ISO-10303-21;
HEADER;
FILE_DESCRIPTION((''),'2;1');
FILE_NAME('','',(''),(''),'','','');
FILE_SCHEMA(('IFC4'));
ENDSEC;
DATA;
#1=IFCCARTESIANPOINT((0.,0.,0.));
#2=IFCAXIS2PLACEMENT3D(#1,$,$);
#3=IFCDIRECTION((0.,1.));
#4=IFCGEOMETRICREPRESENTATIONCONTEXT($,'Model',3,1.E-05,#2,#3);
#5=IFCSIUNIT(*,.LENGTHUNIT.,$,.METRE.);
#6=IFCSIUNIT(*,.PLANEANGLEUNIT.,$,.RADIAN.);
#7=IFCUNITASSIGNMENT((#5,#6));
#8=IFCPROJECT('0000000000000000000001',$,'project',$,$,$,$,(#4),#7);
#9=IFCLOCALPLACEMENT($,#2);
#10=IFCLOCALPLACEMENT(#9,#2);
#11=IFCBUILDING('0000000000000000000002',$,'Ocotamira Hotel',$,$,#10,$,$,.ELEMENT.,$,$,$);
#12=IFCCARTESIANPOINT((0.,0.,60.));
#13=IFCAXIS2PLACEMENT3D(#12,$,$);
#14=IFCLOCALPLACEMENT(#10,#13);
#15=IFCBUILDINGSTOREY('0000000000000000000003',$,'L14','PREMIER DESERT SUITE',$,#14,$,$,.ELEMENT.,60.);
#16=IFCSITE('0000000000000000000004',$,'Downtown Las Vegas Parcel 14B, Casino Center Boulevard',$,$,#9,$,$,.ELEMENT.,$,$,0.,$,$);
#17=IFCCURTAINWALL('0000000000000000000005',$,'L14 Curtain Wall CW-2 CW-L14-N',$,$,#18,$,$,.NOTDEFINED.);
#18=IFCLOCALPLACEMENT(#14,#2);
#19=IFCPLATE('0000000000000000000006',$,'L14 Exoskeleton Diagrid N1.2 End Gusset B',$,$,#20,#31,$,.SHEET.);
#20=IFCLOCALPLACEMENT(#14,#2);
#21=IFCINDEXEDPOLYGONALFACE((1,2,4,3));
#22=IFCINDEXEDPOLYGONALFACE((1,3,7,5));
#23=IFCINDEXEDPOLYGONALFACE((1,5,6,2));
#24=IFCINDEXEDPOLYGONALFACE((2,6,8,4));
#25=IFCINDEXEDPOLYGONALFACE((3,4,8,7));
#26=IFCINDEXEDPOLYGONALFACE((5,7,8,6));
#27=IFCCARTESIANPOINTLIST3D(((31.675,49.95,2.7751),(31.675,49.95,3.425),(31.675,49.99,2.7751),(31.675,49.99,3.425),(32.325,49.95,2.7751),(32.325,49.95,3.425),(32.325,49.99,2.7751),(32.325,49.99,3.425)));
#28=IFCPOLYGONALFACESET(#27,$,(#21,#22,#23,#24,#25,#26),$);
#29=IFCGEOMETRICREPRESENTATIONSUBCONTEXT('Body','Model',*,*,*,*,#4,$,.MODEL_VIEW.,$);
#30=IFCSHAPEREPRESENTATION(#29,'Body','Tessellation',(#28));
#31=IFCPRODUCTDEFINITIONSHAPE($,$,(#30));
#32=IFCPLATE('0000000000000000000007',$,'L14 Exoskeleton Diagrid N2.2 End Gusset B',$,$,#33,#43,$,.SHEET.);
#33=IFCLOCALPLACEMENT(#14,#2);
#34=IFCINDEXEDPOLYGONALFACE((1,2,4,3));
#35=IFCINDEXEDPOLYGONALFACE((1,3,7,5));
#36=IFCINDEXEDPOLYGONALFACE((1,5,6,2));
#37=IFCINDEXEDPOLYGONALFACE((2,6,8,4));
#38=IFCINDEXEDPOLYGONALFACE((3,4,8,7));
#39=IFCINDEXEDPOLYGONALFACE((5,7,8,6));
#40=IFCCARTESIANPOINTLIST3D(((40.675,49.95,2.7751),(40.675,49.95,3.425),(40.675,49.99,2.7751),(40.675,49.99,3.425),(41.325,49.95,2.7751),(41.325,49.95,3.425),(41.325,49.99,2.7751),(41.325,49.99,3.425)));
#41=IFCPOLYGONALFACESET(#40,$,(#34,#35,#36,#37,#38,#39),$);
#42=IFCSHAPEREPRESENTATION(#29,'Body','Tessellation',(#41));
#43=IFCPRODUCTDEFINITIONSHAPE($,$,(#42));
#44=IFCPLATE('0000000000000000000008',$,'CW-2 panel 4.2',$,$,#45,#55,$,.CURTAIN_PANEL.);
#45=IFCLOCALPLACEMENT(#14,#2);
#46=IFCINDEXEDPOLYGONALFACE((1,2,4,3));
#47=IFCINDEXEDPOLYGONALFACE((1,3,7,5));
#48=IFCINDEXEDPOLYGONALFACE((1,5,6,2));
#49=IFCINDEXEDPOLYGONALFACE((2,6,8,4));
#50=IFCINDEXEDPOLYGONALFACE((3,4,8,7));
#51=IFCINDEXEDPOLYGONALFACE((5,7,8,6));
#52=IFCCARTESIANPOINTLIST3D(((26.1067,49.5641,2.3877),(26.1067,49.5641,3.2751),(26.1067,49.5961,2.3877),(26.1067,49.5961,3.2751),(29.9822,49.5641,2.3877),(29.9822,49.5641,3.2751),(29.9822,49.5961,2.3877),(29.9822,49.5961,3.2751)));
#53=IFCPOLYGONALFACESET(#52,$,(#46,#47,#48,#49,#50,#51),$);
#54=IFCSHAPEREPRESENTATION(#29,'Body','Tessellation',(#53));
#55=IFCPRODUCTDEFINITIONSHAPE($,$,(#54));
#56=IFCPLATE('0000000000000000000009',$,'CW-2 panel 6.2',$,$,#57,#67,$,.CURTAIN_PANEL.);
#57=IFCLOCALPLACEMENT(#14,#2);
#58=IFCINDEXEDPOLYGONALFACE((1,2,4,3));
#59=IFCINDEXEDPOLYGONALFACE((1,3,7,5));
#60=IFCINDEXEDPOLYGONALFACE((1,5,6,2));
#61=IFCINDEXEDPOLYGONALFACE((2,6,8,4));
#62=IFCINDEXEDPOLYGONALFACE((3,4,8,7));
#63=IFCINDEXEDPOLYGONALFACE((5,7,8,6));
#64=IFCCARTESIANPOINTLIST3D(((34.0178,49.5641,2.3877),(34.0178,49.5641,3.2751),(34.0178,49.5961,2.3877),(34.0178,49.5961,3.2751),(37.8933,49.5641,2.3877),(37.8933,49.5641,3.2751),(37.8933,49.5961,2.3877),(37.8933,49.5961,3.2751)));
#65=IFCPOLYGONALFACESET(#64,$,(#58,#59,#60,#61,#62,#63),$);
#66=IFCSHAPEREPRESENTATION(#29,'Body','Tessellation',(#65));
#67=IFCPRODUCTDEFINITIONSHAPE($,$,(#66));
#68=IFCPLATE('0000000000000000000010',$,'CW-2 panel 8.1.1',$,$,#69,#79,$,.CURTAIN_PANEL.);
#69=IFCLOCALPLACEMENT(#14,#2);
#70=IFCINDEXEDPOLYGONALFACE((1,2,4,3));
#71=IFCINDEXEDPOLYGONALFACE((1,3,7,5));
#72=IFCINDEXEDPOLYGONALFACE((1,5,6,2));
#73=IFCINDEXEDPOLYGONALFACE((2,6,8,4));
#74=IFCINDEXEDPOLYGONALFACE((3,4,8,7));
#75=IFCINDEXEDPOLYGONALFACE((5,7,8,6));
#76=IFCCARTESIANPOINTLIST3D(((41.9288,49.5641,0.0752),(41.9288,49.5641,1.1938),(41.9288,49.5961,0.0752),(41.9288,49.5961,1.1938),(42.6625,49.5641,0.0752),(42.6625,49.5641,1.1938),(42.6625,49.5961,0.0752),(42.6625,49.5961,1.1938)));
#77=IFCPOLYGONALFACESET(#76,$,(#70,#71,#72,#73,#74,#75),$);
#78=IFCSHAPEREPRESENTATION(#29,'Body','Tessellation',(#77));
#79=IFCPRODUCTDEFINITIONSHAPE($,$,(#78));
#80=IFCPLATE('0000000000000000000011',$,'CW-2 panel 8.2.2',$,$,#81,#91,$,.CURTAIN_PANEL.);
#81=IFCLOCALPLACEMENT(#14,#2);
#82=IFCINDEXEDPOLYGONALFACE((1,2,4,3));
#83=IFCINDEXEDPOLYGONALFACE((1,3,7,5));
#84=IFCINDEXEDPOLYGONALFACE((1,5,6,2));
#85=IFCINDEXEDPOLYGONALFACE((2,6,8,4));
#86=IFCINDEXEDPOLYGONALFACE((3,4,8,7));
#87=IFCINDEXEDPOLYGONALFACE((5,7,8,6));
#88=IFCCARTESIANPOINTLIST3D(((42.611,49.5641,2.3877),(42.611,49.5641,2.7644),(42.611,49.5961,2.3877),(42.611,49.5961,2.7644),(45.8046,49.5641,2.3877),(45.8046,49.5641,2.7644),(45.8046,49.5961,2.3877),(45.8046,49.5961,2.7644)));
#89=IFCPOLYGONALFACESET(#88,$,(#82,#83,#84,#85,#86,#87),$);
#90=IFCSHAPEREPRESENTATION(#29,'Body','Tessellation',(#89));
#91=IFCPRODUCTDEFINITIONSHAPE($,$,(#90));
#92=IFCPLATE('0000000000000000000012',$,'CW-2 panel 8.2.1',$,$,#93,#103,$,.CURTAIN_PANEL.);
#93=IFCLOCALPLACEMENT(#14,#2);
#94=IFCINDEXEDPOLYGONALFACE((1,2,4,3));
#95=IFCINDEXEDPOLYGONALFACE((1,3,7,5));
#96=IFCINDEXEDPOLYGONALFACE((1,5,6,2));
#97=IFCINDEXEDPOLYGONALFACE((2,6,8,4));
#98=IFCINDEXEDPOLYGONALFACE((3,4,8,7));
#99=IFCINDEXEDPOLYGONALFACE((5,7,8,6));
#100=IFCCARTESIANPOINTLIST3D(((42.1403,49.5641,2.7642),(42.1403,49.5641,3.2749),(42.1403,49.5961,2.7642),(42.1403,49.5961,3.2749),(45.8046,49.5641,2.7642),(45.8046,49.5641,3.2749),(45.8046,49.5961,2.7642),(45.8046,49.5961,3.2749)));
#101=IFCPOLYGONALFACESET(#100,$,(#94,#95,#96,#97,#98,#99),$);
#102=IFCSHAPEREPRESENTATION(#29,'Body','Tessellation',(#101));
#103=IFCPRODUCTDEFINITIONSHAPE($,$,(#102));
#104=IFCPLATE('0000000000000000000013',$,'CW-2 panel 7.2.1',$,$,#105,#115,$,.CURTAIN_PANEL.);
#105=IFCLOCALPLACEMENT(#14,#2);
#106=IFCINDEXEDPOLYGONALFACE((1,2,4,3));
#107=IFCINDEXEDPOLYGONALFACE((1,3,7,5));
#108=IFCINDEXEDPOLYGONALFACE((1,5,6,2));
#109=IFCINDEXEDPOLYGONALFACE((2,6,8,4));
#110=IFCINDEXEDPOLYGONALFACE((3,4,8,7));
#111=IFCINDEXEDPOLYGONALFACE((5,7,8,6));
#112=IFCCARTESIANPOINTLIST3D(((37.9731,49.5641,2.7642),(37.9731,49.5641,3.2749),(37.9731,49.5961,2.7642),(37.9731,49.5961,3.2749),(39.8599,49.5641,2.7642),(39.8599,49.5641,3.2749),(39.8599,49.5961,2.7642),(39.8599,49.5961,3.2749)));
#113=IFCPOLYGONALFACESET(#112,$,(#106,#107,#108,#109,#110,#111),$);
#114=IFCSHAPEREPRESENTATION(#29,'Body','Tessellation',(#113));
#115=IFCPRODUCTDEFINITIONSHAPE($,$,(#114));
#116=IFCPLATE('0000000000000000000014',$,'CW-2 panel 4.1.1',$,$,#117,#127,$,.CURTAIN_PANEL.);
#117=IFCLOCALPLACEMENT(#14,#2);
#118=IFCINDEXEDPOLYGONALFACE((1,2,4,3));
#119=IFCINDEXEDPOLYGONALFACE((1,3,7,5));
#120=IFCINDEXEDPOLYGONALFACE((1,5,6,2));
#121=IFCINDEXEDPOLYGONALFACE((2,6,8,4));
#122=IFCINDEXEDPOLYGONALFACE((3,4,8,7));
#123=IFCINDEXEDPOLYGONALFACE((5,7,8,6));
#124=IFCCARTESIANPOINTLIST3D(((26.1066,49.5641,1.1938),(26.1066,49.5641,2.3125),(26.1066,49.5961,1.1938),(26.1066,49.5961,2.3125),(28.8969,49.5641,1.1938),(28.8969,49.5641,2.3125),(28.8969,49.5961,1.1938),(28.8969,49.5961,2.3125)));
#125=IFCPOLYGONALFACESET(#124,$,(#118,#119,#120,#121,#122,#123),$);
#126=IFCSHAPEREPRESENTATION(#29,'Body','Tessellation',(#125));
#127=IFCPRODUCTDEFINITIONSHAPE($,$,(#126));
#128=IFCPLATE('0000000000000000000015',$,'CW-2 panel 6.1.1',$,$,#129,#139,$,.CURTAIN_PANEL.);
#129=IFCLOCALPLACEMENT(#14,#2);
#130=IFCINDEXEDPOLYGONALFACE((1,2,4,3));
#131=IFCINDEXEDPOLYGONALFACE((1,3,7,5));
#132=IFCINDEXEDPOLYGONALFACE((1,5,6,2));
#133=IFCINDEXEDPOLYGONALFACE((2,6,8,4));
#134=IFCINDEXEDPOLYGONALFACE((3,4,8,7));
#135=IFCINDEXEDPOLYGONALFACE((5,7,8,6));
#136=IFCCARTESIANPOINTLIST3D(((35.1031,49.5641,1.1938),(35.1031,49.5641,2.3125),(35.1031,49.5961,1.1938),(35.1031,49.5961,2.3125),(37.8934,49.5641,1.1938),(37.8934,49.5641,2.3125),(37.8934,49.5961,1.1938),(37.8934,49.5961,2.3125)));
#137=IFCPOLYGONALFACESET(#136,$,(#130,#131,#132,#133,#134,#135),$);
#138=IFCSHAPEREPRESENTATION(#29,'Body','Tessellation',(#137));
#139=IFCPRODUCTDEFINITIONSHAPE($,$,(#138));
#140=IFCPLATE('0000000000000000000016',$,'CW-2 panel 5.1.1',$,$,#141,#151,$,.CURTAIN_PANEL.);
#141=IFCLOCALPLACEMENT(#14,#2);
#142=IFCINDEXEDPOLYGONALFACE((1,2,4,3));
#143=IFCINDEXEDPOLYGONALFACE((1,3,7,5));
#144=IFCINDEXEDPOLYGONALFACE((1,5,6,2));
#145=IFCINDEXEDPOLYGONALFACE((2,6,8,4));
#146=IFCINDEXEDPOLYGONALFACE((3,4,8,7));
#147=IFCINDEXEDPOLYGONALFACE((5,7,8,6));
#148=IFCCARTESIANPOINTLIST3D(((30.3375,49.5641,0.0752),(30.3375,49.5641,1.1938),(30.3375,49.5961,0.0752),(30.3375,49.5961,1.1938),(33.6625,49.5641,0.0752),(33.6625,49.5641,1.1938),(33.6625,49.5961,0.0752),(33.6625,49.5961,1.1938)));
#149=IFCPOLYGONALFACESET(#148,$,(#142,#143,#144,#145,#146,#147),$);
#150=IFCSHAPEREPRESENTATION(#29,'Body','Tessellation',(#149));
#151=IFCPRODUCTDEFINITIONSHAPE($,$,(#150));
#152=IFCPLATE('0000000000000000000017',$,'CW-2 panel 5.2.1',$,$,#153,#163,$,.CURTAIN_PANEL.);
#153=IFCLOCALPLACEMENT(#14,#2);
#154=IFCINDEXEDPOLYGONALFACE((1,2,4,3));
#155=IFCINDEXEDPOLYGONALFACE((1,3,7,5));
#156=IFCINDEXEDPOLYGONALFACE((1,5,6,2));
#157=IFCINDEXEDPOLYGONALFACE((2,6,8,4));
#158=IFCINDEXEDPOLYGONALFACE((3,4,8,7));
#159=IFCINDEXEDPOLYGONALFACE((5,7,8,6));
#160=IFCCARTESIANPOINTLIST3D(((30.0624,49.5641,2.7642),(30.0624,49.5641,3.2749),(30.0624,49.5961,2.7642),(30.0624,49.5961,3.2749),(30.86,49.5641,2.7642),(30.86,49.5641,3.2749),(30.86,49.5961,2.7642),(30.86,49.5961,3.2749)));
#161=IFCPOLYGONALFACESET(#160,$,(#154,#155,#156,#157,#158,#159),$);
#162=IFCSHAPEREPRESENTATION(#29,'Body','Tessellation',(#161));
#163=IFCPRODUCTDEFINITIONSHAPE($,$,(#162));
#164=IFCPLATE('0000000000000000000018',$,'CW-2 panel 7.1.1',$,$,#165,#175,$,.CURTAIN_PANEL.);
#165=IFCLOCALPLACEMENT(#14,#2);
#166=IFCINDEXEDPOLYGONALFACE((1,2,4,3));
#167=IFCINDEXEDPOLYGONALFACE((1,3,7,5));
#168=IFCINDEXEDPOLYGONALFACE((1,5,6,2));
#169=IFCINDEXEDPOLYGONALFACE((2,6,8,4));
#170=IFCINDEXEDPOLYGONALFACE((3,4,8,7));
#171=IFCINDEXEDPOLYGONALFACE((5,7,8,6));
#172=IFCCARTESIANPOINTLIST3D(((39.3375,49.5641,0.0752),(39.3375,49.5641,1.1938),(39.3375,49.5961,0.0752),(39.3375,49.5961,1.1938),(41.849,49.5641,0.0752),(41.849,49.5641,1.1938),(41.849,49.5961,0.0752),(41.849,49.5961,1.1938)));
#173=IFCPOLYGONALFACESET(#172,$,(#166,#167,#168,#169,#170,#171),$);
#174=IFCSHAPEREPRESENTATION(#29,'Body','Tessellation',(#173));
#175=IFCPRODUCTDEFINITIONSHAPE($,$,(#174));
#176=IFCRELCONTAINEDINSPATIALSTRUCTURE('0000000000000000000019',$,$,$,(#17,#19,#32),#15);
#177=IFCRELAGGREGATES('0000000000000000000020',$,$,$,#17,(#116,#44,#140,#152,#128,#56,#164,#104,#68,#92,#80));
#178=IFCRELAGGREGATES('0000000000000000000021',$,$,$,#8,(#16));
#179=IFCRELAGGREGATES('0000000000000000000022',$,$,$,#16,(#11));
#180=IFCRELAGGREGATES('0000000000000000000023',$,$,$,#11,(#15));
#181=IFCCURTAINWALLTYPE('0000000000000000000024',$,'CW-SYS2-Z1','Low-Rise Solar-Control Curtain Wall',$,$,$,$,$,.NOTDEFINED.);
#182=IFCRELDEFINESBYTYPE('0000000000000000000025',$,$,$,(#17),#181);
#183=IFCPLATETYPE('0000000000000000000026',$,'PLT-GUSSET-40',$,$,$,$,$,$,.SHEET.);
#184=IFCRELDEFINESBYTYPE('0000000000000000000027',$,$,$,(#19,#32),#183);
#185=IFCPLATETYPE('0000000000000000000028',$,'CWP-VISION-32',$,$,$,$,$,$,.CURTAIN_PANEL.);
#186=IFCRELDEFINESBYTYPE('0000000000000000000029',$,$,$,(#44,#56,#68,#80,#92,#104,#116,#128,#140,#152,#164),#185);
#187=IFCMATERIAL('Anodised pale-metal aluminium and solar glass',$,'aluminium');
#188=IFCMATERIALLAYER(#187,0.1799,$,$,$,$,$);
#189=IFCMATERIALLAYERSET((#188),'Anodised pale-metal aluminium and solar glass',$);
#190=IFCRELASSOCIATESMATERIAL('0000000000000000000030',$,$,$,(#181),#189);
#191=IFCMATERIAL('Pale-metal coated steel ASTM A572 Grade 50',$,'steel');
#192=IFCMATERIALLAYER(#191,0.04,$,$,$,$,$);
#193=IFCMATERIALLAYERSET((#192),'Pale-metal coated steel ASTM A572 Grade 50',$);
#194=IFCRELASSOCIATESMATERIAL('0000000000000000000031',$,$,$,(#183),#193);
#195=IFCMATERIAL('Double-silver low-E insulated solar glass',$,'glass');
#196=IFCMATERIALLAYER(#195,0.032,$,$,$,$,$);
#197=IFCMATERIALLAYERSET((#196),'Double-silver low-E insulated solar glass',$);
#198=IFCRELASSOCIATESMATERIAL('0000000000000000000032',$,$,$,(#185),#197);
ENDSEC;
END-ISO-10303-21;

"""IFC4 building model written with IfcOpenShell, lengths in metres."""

from ifc_helpers import new_model, si_unit, direction, frame, origin, origin_2d, place, context, subcontext, project, spatial, rectangle, extrude, source, transform, mapped, material, layer, layer_set, type_object, element, aggregate, save


model = new_model("IFC4")

# Units and contexts
model_context = context("Model", 3, precision=1e-05, world=origin(), true_north=direction((0.0, 1.0)))
body_context = subcontext(model_context, "Body", "Model", "MODEL_VIEW")
ifc_project = project(units=[si_unit("LENGTHUNIT", "METRE"), si_unit("PLANEANGLEUNIT", "RADIAN")], contexts=[model_context])

# Site, building, storey
site_placement = place(None, origin())
site = spatial("IfcSite", under=ifc_project, at=site_placement, Name="Downtown Las Vegas Parcel 14B, Casino Center Boulevard", CompositionType="ELEMENT", RefElevation=0.0)
building_placement = place(site_placement, origin())
building = spatial("IfcBuilding", under=site, at=building_placement, Name="Ocotamira Hotel", CompositionType="ELEMENT")
storey_placement = place(building_placement, frame((0.0, 0.0, 60.0)))
storey = spatial("IfcBuildingStorey", under=building, at=storey_placement, Name="L14", Description="PREMIER DESERT SUITE", CompositionType="ELEMENT", Elevation=60.0)

# Curtain wall
ifc_material_1 = material(Name="Anodised pale-metal aluminium and solar glass", Category="aluminium")
ifc_layer_1 = layer(ifc_material_1, 0.1799)
ifc_layer_set_1 = layer_set([ifc_layer_1], Name="Anodised pale-metal aluminium and solar glass")
curtain_wall_type = type_object("IfcCurtainWallType", Name="CW-SYS2-Z1", Description="Low-Rise Solar-Control Curtain Wall", PredefinedType="NOTDEFINED", material=ifc_layer_set_1)
curtain_wall_placement = place(storey_placement, origin())
curtain_wall = element("IfcCurtainWall", 1, at=curtain_wall_placement, inside=storey, type_object=curtain_wall_type, Name="L14 Curtain Wall CW-2 CW-L14-N", PredefinedType="NOTDEFINED")

# Plates
ifc_material_2 = material(Name="Pale-metal coated steel ASTM A572 Grade 50", Category="steel")
ifc_layer_2 = layer(ifc_material_2, 0.04)
ifc_layer_set_2 = layer_set([ifc_layer_2], Name="Pale-metal coated steel ASTM A572 Grade 50")
plate_type_1 = type_object("IfcPlateType", Name="PLT-GUSSET-40", PredefinedType="SHEET", material=ifc_layer_set_2)
shared_shape_1 = source(origin(), body_context, "Body", "SweptSolid", [
    extrude(rectangle(XDim=0.6499, YDim=0.04, at=origin_2d()), origin(), (0.0, 0.0, 1.0), 0.6499),
])
for number, where, z_axis, x_axis, name in (
    (2, (32.0, 49.97, 2.7751), (0.0, 0.0, 1.0), (1.0, 0.0, 0.0), "L14 Exoskeleton Diagrid N1.2 End Gusset B"),
    (3, (41.0, 49.97, 2.7751), (0.0, 0.0, 1.0), (1.0, 0.0, 0.0), "L14 Exoskeleton Diagrid N2.2 End Gusset B"),
):
    element("IfcPlate", number, at=place(storey_placement, frame(where, z_axis=z_axis, x_axis=x_axis)), inside=storey, type_object=plate_type_1, Name=name, PredefinedType="SHEET", context=body_context, shape_type="MappedRepresentation", body=[
        mapped(shared_shape_1, transform((0.0, 0.0, 0.0), scale=1.0)),
    ])

# Plates
ifc_material_3 = material(Name="Double-silver low-E insulated solar glass", Category="glass")
ifc_layer_3 = layer(ifc_material_3, 0.032)
ifc_layer_set_3 = layer_set([ifc_layer_3], Name="Double-silver low-E insulated solar glass")
plate_type_2 = type_object("IfcPlateType", Name="CWP-VISION-32", PredefinedType="CURTAIN_PANEL", material=ifc_layer_set_3)
shared_shape_2 = source(origin(), body_context, "Body", "SweptSolid", [
    extrude(rectangle(XDim=3.8755, YDim=0.032, at=origin_2d()), origin(), (0.0, 0.0, 1.0), 0.8875),
])
plate_1_placement = place(storey_placement, frame((28.0444, 49.5801, 2.3877), z_axis=(0.0, 0.0, 1.0), x_axis=(1.0, 0.0, 0.0)))
plate_1 = element("IfcPlate", 4, at=plate_1_placement, type_object=plate_type_2, Name="CW-2 panel 4.2", PredefinedType="CURTAIN_PANEL", context=body_context, shape_type="MappedRepresentation", body=[
    mapped(shared_shape_2, transform((0.0, 0.0, 0.0), scale=1.0)),
])
plate_2_placement = place(storey_placement, frame((35.9556, 49.5801, 2.3877), z_axis=(0.0, 0.0, 1.0), x_axis=(1.0, 0.0, 0.0)))
plate_2 = element("IfcPlate", 5, at=plate_2_placement, type_object=plate_type_2, Name="CW-2 panel 6.2", PredefinedType="CURTAIN_PANEL", context=body_context, shape_type="MappedRepresentation", body=[
    mapped(shared_shape_2, transform((0.0, 0.0, 0.0), scale=1.0)),
])
shared_shape_3 = source(origin(), body_context, "Body", "SweptSolid", [
    extrude(rectangle(XDim=0.7336, YDim=0.032, at=origin_2d()), origin(), (0.0, 0.0, 1.0), 1.1187),
])
plate_3_placement = place(storey_placement, frame((42.2957, 49.5801, 0.0752), z_axis=(0.0, 0.0, 1.0), x_axis=(1.0, 0.0, 0.0)))
plate_3 = element("IfcPlate", 6, at=plate_3_placement, type_object=plate_type_2, Name="CW-2 panel 8.1.1", PredefinedType="CURTAIN_PANEL", context=body_context, shape_type="MappedRepresentation", body=[
    mapped(shared_shape_3, transform((0.0, 0.0, 0.0), scale=1.0)),
])
shared_shape_4 = source(origin(), body_context, "Body", "SweptSolid", [
    extrude(rectangle(XDim=3.1936, YDim=0.032, at=origin_2d()), origin(), (0.0, 0.0, 1.0), 0.3767),
])
plate_4_placement = place(storey_placement, frame((44.2078, 49.5801, 2.3877), z_axis=(0.0, 0.0, 1.0), x_axis=(1.0, 0.0, 0.0)))
plate_4 = element("IfcPlate", 7, at=plate_4_placement, type_object=plate_type_2, Name="CW-2 panel 8.2.2", PredefinedType="CURTAIN_PANEL", context=body_context, shape_type="MappedRepresentation", body=[
    mapped(shared_shape_4, transform((0.0, 0.0, 0.0), scale=1.0)),
])
shared_shape_5 = source(origin(), body_context, "Body", "SweptSolid", [
    extrude(rectangle(XDim=3.6643, YDim=0.032, at=origin_2d()), origin(), (0.0, 0.0, 1.0), 0.5107),
])
plate_5_placement = place(storey_placement, frame((43.9724, 49.5801, 2.7642), z_axis=(0.0, 0.0, 1.0), x_axis=(1.0, 0.0, 0.0)))
plate_5 = element("IfcPlate", 8, at=plate_5_placement, type_object=plate_type_2, Name="CW-2 panel 8.2.1", PredefinedType="CURTAIN_PANEL", context=body_context, shape_type="MappedRepresentation", body=[
    mapped(shared_shape_5, transform((0.0, 0.0, 0.0), scale=1.0)),
])
shared_shape_6 = source(origin(), body_context, "Body", "SweptSolid", [
    extrude(rectangle(XDim=1.8867, YDim=0.032, at=origin_2d()), origin(), (0.0, 0.0, 1.0), 0.5107),
])
plate_6_placement = place(storey_placement, frame((38.9165, 49.5801, 2.7642), z_axis=(0.0, 0.0, 1.0), x_axis=(1.0, 0.0, 0.0)))
plate_6 = element("IfcPlate", 9, at=plate_6_placement, type_object=plate_type_2, Name="CW-2 panel 7.2.1", PredefinedType="CURTAIN_PANEL", context=body_context, shape_type="MappedRepresentation", body=[
    mapped(shared_shape_6, transform((0.0, 0.0, 0.0), scale=1.0)),
])
shared_shape_7 = source(origin(), body_context, "Body", "SweptSolid", [
    extrude(rectangle(XDim=2.7903, YDim=0.032, at=origin_2d()), origin(), (0.0, 0.0, 1.0), 1.1187),
])
plate_7_placement = place(storey_placement, frame((27.5017, 49.5801, 1.1938), z_axis=(0.0, 0.0, 1.0), x_axis=(1.0, 0.0, 0.0)))
plate_7 = element("IfcPlate", 10, at=plate_7_placement, type_object=plate_type_2, Name="CW-2 panel 4.1.1", PredefinedType="CURTAIN_PANEL", context=body_context, shape_type="MappedRepresentation", body=[
    mapped(shared_shape_7, transform((0.0, 0.0, 0.0), scale=1.0)),
])
plate_8_placement = place(storey_placement, frame((36.4983, 49.5801, 1.1938), z_axis=(0.0, 0.0, 1.0), x_axis=(1.0, 0.0, 0.0)))
plate_8 = element("IfcPlate", 11, at=plate_8_placement, type_object=plate_type_2, Name="CW-2 panel 6.1.1", PredefinedType="CURTAIN_PANEL", context=body_context, shape_type="MappedRepresentation", body=[
    mapped(shared_shape_7, transform((0.0, 0.0, 0.0), scale=1.0)),
])
shared_shape_8 = source(origin(), body_context, "Body", "SweptSolid", [
    extrude(rectangle(XDim=3.325, YDim=0.032, at=origin_2d()), origin(), (0.0, 0.0, 1.0), 1.1187),
])
plate_9_placement = place(storey_placement, frame((32.0, 49.5801, 0.0752), z_axis=(0.0, 0.0, 1.0), x_axis=(1.0, 0.0, 0.0)))
plate_9 = element("IfcPlate", 12, at=plate_9_placement, type_object=plate_type_2, Name="CW-2 panel 5.1.1", PredefinedType="CURTAIN_PANEL", context=body_context, shape_type="MappedRepresentation", body=[
    mapped(shared_shape_8, transform((0.0, 0.0, 0.0), scale=1.0)),
])
shared_shape_9 = source(origin(), body_context, "Body", "SweptSolid", [
    extrude(rectangle(XDim=0.7976, YDim=0.032, at=origin_2d()), origin(), (0.0, 0.0, 1.0), 0.5107),
])
plate_10_placement = place(storey_placement, frame((30.4612, 49.5801, 2.7642), z_axis=(0.0, 0.0, 1.0), x_axis=(1.0, 0.0, 0.0)))
plate_10 = element("IfcPlate", 13, at=plate_10_placement, type_object=plate_type_2, Name="CW-2 panel 5.2.1", PredefinedType="CURTAIN_PANEL", context=body_context, shape_type="MappedRepresentation", body=[
    mapped(shared_shape_9, transform((0.0, 0.0, 0.0), scale=1.0)),
])
shared_shape_10 = source(origin(), body_context, "Body", "SweptSolid", [
    extrude(rectangle(XDim=2.5115, YDim=0.032, at=origin_2d()), origin(), (0.0, 0.0, 1.0), 1.1187),
])
plate_11_placement = place(storey_placement, frame((40.5933, 49.5801, 0.0752), z_axis=(0.0, 0.0, 1.0), x_axis=(1.0, 0.0, 0.0)))
plate_11 = element("IfcPlate", 14, at=plate_11_placement, type_object=plate_type_2, Name="CW-2 panel 7.1.1", PredefinedType="CURTAIN_PANEL", context=body_context, shape_type="MappedRepresentation", body=[
    mapped(shared_shape_10, transform((0.0, 0.0, 0.0), scale=1.0)),
])
aggregate(curtain_wall, [plate_7, plate_1, plate_9, plate_10, plate_8, plate_2, plate_11, plate_6, plate_3, plate_5, plate_4])

save(model, "model.ifc")
